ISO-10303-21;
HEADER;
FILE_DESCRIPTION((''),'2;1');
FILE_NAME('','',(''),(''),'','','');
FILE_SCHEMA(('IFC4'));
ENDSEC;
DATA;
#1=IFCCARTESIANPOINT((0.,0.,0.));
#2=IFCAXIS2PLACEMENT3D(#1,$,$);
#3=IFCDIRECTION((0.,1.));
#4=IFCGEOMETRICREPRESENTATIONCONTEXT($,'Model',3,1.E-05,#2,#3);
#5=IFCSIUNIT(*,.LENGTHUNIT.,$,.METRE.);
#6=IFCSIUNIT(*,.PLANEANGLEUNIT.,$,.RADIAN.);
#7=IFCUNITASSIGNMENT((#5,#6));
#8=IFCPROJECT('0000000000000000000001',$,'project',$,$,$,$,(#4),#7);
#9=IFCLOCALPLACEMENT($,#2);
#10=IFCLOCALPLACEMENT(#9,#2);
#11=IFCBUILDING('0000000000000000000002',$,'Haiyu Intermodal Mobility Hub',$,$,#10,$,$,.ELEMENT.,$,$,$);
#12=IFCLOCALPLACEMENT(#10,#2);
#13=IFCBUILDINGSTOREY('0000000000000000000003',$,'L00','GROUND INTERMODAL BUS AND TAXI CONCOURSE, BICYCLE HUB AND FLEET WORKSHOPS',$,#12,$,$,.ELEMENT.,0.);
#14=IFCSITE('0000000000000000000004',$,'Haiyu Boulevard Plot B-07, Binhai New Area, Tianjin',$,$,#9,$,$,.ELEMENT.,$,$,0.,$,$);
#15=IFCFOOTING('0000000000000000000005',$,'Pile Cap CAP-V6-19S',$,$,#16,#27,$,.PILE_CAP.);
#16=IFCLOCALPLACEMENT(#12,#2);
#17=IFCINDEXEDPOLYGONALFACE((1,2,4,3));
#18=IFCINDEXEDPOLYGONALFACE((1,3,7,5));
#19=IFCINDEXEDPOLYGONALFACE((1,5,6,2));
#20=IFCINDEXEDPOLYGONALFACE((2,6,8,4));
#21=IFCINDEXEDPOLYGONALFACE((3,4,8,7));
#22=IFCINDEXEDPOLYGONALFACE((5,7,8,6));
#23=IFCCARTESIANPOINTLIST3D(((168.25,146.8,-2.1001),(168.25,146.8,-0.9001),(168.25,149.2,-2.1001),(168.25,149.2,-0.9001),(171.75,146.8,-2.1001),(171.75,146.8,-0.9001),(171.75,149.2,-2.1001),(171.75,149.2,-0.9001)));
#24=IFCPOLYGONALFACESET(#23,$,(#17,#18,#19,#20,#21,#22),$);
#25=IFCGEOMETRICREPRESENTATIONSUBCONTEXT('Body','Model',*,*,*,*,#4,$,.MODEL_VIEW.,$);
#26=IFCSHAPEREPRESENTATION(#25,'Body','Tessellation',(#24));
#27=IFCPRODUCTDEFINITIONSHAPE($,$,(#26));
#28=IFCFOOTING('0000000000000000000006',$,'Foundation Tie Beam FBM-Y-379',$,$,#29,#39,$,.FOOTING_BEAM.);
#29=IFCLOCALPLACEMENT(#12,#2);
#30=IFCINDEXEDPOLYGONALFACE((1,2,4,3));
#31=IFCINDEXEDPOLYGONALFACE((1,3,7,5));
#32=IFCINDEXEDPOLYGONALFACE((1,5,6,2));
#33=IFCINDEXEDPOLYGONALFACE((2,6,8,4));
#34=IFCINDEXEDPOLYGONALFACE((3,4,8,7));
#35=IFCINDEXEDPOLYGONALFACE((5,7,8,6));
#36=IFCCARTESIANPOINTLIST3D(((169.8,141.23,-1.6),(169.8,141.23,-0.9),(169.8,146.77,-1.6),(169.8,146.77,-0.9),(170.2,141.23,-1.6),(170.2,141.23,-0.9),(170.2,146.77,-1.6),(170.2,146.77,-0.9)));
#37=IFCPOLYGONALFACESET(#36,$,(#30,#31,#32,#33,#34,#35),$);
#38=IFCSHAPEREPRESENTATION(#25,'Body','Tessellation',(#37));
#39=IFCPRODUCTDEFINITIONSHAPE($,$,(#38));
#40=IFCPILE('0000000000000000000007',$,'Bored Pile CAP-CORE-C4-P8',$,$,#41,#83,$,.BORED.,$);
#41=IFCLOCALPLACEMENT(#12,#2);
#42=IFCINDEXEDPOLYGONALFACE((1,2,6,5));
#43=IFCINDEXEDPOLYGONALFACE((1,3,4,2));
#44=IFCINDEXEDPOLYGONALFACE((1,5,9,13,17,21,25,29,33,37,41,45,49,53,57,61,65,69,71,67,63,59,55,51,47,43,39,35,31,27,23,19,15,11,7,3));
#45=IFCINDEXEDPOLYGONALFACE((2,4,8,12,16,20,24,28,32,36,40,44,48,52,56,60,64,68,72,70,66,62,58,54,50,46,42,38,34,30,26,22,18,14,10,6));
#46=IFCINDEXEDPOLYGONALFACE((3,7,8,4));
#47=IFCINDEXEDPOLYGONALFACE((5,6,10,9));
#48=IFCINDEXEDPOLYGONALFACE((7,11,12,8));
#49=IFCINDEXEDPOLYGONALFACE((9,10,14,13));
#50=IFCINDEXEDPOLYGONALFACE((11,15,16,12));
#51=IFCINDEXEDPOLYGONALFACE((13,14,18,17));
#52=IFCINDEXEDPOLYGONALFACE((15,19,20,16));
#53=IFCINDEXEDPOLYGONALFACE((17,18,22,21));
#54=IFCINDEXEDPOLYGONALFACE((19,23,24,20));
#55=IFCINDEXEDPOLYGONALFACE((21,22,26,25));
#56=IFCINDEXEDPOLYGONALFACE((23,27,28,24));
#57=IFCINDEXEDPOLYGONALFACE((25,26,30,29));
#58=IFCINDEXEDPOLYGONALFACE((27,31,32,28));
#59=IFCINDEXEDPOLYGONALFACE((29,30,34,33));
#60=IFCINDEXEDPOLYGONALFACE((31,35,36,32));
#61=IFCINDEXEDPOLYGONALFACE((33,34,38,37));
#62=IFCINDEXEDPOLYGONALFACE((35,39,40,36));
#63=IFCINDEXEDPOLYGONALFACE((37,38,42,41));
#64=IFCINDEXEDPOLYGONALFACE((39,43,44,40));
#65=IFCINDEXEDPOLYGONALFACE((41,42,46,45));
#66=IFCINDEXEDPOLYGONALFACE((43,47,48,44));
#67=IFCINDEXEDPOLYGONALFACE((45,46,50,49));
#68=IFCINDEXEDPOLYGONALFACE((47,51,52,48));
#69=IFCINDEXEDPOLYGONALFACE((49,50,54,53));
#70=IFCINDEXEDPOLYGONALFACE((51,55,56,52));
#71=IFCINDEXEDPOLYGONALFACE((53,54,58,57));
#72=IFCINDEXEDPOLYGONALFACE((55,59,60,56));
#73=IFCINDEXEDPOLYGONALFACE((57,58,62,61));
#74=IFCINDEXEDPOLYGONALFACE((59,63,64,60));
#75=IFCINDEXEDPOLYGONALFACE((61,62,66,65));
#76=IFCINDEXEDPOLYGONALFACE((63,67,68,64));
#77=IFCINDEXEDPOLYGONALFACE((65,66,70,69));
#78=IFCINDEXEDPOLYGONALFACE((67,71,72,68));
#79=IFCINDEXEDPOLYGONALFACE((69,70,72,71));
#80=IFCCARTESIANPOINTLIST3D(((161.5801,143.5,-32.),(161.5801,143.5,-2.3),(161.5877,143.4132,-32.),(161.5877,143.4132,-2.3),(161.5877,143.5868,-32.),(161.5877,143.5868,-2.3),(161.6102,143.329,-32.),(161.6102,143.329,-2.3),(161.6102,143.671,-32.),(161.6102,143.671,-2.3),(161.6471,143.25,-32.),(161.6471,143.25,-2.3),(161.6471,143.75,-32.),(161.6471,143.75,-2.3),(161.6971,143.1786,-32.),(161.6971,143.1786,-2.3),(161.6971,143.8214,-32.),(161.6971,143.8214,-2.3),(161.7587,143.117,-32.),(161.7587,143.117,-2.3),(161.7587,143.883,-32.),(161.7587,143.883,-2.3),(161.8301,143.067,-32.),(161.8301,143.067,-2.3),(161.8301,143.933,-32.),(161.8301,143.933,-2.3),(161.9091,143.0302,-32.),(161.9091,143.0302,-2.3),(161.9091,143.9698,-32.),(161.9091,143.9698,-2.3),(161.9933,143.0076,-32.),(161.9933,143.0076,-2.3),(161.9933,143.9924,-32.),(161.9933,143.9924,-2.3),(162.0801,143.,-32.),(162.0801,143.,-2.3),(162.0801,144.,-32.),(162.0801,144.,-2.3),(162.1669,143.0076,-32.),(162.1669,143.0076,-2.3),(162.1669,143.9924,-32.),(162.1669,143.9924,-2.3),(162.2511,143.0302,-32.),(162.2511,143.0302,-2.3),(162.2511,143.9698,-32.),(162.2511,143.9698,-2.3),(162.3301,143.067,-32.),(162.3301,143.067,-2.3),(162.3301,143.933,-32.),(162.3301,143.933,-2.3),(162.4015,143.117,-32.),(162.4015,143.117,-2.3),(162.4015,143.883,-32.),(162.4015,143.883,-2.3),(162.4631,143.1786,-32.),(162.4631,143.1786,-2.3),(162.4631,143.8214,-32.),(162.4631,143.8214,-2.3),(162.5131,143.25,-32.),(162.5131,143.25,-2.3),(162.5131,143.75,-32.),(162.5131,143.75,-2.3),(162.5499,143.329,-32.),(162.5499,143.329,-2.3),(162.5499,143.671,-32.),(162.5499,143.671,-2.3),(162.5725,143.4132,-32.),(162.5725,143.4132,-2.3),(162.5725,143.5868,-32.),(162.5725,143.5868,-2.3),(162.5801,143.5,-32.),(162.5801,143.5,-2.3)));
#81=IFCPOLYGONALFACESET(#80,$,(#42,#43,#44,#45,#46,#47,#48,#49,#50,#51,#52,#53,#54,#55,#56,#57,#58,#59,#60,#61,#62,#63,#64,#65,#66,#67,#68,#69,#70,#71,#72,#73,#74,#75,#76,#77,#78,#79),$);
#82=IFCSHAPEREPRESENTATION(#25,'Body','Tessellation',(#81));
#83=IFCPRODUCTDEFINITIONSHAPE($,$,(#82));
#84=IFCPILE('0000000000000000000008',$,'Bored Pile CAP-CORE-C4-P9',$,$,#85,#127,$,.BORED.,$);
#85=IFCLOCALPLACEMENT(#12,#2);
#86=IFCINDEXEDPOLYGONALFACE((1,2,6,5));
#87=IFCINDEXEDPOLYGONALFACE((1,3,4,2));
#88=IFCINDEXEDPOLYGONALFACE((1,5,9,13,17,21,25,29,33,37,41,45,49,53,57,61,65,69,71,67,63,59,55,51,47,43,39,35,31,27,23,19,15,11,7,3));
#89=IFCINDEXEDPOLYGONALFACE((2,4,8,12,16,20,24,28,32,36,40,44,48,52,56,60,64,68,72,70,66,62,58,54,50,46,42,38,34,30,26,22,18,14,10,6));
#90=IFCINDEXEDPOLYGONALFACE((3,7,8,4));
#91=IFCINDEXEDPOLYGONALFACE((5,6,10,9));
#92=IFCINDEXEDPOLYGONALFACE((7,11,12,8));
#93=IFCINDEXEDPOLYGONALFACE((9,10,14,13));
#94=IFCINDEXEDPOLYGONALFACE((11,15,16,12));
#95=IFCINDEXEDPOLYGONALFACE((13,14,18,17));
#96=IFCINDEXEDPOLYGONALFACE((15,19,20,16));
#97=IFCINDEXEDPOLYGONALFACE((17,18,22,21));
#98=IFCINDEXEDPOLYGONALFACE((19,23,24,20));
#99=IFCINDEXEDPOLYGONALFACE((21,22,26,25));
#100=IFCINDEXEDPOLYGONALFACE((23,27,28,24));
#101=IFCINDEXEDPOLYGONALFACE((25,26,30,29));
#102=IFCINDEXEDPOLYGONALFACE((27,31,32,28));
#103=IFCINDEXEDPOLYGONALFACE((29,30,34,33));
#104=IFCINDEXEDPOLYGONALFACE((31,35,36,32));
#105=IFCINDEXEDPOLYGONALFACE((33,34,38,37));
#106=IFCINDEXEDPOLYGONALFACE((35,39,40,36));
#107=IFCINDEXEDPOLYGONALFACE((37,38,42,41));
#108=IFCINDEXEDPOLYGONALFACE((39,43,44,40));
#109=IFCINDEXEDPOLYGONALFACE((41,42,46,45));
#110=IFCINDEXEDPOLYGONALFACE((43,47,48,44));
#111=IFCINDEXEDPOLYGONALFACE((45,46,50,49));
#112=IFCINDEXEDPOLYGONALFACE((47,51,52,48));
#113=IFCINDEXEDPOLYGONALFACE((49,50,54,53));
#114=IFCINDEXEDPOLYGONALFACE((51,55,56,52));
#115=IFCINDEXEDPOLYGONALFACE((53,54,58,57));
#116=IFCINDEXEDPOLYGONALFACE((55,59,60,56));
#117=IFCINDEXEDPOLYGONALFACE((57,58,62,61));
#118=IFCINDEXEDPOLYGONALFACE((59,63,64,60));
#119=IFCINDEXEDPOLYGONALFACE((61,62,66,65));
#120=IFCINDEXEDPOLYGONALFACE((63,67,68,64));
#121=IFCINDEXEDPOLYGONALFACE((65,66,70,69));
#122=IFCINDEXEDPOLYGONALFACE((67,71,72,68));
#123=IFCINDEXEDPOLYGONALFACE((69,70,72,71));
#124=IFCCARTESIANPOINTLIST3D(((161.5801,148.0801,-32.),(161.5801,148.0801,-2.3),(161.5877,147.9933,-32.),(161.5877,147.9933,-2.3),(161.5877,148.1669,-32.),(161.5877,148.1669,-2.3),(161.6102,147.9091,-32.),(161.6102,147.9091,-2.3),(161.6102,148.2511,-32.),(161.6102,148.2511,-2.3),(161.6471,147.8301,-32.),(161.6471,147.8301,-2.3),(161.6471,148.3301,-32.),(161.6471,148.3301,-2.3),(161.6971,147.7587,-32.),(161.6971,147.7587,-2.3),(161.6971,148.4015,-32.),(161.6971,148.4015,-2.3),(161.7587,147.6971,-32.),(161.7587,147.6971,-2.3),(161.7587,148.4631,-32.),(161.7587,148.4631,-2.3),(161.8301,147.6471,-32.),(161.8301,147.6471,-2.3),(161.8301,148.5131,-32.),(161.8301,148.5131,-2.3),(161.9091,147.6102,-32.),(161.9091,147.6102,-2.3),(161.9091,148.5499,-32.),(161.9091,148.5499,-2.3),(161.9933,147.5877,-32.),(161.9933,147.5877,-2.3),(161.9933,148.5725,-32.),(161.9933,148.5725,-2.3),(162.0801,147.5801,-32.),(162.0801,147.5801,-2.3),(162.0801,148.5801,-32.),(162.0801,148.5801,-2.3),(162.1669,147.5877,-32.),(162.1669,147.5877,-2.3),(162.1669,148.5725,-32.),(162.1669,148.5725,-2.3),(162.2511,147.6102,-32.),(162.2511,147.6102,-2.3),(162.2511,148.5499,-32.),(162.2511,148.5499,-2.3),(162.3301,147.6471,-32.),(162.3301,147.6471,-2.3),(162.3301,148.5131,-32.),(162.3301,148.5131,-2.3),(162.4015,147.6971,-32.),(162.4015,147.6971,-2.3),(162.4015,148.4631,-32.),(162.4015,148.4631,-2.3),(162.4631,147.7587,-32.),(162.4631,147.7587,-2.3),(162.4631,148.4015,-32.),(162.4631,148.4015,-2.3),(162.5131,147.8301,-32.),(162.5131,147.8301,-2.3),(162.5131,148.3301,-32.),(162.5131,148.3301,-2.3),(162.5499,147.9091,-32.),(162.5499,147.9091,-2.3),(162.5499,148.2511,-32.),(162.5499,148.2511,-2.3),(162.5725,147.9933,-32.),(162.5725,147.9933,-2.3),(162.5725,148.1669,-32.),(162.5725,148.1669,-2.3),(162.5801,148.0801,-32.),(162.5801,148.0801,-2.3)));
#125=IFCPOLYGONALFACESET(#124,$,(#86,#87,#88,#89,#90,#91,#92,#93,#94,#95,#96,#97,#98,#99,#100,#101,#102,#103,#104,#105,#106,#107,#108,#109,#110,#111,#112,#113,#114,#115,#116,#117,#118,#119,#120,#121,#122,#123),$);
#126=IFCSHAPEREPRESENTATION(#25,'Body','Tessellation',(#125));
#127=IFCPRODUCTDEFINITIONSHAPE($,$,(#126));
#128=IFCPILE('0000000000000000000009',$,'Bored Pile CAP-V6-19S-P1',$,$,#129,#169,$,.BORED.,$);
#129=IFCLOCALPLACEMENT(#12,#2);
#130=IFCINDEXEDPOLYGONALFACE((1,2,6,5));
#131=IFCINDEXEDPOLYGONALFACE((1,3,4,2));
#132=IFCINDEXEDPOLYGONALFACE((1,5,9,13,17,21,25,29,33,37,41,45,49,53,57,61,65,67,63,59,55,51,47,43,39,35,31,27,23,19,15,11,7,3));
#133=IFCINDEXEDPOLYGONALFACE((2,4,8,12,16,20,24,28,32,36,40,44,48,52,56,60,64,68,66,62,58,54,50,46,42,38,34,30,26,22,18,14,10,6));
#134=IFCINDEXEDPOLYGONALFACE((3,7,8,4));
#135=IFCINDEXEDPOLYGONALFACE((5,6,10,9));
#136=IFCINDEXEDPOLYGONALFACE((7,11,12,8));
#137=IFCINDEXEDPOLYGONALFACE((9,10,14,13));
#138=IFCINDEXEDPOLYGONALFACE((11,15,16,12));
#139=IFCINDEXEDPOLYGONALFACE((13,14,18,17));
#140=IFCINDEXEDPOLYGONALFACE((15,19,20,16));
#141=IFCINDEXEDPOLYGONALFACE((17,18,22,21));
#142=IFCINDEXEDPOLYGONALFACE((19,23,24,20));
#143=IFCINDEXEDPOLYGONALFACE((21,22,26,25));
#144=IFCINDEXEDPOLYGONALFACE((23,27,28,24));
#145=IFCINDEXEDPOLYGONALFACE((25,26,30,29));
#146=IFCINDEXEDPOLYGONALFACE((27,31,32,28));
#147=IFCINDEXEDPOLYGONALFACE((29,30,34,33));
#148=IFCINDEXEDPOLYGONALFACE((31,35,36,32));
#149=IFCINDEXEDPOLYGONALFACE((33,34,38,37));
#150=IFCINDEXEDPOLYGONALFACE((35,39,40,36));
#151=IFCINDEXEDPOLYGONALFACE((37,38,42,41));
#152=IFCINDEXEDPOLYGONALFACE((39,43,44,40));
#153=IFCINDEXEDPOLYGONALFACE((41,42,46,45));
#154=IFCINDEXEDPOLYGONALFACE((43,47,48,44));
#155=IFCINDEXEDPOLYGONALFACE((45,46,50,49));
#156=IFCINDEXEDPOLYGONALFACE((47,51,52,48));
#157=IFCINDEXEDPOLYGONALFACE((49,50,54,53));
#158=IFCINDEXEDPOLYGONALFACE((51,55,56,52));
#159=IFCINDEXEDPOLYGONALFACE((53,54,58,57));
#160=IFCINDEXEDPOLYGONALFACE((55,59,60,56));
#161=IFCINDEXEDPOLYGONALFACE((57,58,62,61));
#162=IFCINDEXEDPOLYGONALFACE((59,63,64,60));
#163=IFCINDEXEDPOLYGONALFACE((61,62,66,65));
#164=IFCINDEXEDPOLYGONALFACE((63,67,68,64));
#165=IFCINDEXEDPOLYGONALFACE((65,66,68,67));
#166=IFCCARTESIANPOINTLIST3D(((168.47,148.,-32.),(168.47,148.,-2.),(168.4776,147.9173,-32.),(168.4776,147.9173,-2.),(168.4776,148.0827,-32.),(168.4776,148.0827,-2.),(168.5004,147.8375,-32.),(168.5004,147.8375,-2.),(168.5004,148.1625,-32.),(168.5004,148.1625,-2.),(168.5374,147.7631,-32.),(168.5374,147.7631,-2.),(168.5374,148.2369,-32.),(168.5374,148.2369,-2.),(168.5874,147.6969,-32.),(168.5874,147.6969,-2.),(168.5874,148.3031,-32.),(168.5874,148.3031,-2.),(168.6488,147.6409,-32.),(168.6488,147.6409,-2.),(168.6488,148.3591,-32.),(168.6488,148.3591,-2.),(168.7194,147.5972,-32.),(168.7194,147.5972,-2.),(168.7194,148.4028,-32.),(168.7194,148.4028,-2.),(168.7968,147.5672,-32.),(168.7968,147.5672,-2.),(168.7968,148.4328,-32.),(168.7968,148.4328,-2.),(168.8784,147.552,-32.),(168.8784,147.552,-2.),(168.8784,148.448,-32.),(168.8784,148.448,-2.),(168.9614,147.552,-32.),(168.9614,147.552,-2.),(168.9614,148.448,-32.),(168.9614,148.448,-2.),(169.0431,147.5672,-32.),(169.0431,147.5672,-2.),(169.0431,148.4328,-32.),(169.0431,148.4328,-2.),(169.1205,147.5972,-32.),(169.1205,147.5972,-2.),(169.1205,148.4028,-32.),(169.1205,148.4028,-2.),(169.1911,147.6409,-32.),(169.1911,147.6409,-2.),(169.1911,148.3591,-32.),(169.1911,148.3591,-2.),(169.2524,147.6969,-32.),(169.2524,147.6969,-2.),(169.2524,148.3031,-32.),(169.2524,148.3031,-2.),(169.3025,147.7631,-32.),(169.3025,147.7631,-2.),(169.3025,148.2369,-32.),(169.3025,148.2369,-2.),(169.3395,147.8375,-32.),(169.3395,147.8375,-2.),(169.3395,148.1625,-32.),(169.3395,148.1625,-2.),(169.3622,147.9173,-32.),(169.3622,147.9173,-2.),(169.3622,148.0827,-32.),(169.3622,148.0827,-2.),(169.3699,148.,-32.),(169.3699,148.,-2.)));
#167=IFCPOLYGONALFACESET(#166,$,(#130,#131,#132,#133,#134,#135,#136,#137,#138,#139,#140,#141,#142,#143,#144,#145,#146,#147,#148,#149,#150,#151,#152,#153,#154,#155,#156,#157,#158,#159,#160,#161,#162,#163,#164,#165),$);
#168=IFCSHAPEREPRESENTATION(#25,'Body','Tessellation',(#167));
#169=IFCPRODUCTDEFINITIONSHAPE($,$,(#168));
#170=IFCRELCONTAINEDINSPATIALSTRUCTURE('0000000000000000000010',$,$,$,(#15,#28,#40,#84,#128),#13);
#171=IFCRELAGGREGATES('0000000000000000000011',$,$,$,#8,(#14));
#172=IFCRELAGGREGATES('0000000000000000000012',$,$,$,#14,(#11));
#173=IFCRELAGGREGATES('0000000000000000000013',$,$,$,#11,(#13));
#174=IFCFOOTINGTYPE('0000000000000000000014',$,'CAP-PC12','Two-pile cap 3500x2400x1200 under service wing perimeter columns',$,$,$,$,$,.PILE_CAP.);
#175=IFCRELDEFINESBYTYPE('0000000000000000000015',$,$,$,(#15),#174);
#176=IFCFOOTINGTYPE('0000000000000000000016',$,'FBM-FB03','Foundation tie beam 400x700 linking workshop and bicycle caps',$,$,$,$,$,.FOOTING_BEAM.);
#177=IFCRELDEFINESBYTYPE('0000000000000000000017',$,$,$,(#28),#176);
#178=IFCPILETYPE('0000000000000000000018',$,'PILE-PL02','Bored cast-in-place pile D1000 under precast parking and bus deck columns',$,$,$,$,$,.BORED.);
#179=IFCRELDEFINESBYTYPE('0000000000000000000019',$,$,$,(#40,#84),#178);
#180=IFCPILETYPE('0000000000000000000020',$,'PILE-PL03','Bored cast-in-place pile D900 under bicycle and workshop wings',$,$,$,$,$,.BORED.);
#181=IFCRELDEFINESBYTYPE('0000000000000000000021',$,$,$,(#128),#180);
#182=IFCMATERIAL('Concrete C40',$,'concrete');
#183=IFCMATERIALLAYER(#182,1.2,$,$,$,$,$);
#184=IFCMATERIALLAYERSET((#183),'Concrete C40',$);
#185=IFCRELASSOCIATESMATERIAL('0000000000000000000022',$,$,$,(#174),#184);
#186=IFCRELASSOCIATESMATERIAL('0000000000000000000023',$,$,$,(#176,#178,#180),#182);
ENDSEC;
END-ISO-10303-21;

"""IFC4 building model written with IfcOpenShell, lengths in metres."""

from ifc_helpers import new_model, si_unit, direction, frame, origin, origin_2d, place, context, subcontext, project, spatial, rectangle, circle, extrude, material, layer, layer_set, material_profile, profile_set, type_object, element, save


model = new_model("IFC4")

# Units and contexts
model_context = context("Model", 3, precision=1e-05, world=origin(), true_north=direction((0.0, 1.0)))
body_context = subcontext(model_context, "Body", "Model", "MODEL_VIEW")
ifc_project = project(units=[si_unit("LENGTHUNIT", "METRE"), si_unit("PLANEANGLEUNIT", "RADIAN")], contexts=[model_context])

# Site, building, storey
site_placement = place(None, origin())
site = spatial("IfcSite", under=ifc_project, at=site_placement, Name="Haiyu Boulevard Plot B-07, Binhai New Area, Tianjin", CompositionType="ELEMENT", RefElevation=0.0)
building_placement = place(site_placement, origin())
building = spatial("IfcBuilding", under=site, at=building_placement, Name="Haiyu Intermodal Mobility Hub", CompositionType="ELEMENT")
storey_placement = place(building_placement, origin())
storey = spatial("IfcBuildingStorey", under=building, at=storey_placement, Name="L00", Description="GROUND INTERMODAL BUS AND TAXI CONCOURSE, BICYCLE HUB AND FLEET WORKSHOPS", CompositionType="ELEMENT", Elevation=0.0)

# Footings
ifc_material_1 = material(Name="Concrete C40", Category="concrete")
ifc_layer_1 = layer(ifc_material_1, 1.2)
ifc_layer_set_1 = layer_set([ifc_layer_1], Name="Concrete C40")
footing_type_1 = type_object("IfcFootingType", Name="CAP-PC12", Description="Two-pile cap 3500x2400x1200 under service wing perimeter columns", PredefinedType="PILE_CAP", material=ifc_layer_set_1)
footing_1_placement = place(storey_placement, frame((170.0, 148.0, -2.1001), z_axis=(0.0, 0.0, 1.0), x_axis=(1.0, 0.0, 0.0)))
element("IfcFooting", 1, at=footing_1_placement, inside=storey, type_object=footing_type_1, Name="Pile Cap CAP-V6-19S", PredefinedType="PILE_CAP", context=body_context, shape_type="SweptSolid", body=[
    extrude(rectangle(XDim=3.5, YDim=2.3999, at=origin_2d()), origin(), (0.0, 0.0, 1.0), 1.2),
])
ifc_material_profile_1 = material_profile(ifc_material_1, rectangle(XDim=0.3999, YDim=0.7, at=origin_2d()), Name="FB400x700")
ifc_profile_set_1 = profile_set([ifc_material_profile_1], Name="Concrete C40")
footing_type_2 = type_object("IfcFootingType", Name="FBM-FB03", Description="Foundation tie beam 400x700 linking workshop and bicycle caps", PredefinedType="FOOTING_BEAM", material=ifc_profile_set_1)
footing_2_placement = place(storey_placement, frame((170.0, 141.23, -1.25), z_axis=(0.0, 1.0, 0.0), x_axis=(-1.0, 0.0, 0.0)))
element("IfcFooting", 2, at=footing_2_placement, inside=storey, type_object=footing_type_2, Name="Foundation Tie Beam FBM-Y-379", PredefinedType="FOOTING_BEAM", context=body_context, shape_type="SweptSolid", body=[
    extrude(rectangle(XDim=0.3999, YDim=0.7, at=origin_2d()), origin(), (0.0, 0.0, 1.0), 5.54),
])

# Piles
ifc_material_profile_2 = material_profile(ifc_material_1, circle(Radius=0.5, at=origin_2d()), Name="PILE-D1000")
ifc_profile_set_2 = profile_set([ifc_material_profile_2], Name="Concrete C40")
pile_type_1 = type_object("IfcPileType", Name="PILE-PL02", Description="Bored cast-in-place pile D1000 under precast parking and bus deck columns", PredefinedType="BORED", material=ifc_profile_set_2)
for number, where, z_axis, x_axis, name in (
    (3, (162.0801, 143.5, -2.3), (0.0, 0.0, -1.0), (1.0, 0.0, 0.0), "Bored Pile CAP-CORE-C4-P8"),
    (4, (162.0801, 148.0801, -2.3), (0.0, 0.0, -1.0), (1.0, 0.0, 0.0), "Bored Pile CAP-CORE-C4-P9"),
):
    element("IfcPile", number, at=place(storey_placement, frame(where, z_axis=z_axis, x_axis=x_axis)), inside=storey, type_object=pile_type_1, Name=name, PredefinedType="BORED", context=body_context, shape_type="SweptSolid", body=[
        extrude(circle(Radius=0.5, at=origin_2d()), origin(), (0.0, 0.0, 1.0), 29.7),
    ])
ifc_material_profile_3 = material_profile(ifc_material_1, circle(Radius=0.45, at=origin_2d()), Name="PILE-D900")
ifc_profile_set_3 = profile_set([ifc_material_profile_3], Name="Concrete C40")
pile_type_2 = type_object("IfcPileType", Name="PILE-PL03", Description="Bored cast-in-place pile D900 under bicycle and workshop wings", PredefinedType="BORED", material=ifc_profile_set_3)
for number, where, z_axis, x_axis, name in (
    (5, (168.9199, 148.0, -2.0), (0.0, 0.0, -1.0), (1.0, 0.0, 0.0), "Bored Pile CAP-V6-19S-P1"),
):
    element("IfcPile", number, at=place(storey_placement, frame(where, z_axis=z_axis, x_axis=x_axis)), inside=storey, type_object=pile_type_2, Name=name, PredefinedType="BORED", context=body_context, shape_type="SweptSolid", body=[
        extrude(circle(Radius=0.45, at=origin_2d()), origin(), (0.0, 0.0, 1.0), 30.0),
    ])

save(model, "model.ifc")
